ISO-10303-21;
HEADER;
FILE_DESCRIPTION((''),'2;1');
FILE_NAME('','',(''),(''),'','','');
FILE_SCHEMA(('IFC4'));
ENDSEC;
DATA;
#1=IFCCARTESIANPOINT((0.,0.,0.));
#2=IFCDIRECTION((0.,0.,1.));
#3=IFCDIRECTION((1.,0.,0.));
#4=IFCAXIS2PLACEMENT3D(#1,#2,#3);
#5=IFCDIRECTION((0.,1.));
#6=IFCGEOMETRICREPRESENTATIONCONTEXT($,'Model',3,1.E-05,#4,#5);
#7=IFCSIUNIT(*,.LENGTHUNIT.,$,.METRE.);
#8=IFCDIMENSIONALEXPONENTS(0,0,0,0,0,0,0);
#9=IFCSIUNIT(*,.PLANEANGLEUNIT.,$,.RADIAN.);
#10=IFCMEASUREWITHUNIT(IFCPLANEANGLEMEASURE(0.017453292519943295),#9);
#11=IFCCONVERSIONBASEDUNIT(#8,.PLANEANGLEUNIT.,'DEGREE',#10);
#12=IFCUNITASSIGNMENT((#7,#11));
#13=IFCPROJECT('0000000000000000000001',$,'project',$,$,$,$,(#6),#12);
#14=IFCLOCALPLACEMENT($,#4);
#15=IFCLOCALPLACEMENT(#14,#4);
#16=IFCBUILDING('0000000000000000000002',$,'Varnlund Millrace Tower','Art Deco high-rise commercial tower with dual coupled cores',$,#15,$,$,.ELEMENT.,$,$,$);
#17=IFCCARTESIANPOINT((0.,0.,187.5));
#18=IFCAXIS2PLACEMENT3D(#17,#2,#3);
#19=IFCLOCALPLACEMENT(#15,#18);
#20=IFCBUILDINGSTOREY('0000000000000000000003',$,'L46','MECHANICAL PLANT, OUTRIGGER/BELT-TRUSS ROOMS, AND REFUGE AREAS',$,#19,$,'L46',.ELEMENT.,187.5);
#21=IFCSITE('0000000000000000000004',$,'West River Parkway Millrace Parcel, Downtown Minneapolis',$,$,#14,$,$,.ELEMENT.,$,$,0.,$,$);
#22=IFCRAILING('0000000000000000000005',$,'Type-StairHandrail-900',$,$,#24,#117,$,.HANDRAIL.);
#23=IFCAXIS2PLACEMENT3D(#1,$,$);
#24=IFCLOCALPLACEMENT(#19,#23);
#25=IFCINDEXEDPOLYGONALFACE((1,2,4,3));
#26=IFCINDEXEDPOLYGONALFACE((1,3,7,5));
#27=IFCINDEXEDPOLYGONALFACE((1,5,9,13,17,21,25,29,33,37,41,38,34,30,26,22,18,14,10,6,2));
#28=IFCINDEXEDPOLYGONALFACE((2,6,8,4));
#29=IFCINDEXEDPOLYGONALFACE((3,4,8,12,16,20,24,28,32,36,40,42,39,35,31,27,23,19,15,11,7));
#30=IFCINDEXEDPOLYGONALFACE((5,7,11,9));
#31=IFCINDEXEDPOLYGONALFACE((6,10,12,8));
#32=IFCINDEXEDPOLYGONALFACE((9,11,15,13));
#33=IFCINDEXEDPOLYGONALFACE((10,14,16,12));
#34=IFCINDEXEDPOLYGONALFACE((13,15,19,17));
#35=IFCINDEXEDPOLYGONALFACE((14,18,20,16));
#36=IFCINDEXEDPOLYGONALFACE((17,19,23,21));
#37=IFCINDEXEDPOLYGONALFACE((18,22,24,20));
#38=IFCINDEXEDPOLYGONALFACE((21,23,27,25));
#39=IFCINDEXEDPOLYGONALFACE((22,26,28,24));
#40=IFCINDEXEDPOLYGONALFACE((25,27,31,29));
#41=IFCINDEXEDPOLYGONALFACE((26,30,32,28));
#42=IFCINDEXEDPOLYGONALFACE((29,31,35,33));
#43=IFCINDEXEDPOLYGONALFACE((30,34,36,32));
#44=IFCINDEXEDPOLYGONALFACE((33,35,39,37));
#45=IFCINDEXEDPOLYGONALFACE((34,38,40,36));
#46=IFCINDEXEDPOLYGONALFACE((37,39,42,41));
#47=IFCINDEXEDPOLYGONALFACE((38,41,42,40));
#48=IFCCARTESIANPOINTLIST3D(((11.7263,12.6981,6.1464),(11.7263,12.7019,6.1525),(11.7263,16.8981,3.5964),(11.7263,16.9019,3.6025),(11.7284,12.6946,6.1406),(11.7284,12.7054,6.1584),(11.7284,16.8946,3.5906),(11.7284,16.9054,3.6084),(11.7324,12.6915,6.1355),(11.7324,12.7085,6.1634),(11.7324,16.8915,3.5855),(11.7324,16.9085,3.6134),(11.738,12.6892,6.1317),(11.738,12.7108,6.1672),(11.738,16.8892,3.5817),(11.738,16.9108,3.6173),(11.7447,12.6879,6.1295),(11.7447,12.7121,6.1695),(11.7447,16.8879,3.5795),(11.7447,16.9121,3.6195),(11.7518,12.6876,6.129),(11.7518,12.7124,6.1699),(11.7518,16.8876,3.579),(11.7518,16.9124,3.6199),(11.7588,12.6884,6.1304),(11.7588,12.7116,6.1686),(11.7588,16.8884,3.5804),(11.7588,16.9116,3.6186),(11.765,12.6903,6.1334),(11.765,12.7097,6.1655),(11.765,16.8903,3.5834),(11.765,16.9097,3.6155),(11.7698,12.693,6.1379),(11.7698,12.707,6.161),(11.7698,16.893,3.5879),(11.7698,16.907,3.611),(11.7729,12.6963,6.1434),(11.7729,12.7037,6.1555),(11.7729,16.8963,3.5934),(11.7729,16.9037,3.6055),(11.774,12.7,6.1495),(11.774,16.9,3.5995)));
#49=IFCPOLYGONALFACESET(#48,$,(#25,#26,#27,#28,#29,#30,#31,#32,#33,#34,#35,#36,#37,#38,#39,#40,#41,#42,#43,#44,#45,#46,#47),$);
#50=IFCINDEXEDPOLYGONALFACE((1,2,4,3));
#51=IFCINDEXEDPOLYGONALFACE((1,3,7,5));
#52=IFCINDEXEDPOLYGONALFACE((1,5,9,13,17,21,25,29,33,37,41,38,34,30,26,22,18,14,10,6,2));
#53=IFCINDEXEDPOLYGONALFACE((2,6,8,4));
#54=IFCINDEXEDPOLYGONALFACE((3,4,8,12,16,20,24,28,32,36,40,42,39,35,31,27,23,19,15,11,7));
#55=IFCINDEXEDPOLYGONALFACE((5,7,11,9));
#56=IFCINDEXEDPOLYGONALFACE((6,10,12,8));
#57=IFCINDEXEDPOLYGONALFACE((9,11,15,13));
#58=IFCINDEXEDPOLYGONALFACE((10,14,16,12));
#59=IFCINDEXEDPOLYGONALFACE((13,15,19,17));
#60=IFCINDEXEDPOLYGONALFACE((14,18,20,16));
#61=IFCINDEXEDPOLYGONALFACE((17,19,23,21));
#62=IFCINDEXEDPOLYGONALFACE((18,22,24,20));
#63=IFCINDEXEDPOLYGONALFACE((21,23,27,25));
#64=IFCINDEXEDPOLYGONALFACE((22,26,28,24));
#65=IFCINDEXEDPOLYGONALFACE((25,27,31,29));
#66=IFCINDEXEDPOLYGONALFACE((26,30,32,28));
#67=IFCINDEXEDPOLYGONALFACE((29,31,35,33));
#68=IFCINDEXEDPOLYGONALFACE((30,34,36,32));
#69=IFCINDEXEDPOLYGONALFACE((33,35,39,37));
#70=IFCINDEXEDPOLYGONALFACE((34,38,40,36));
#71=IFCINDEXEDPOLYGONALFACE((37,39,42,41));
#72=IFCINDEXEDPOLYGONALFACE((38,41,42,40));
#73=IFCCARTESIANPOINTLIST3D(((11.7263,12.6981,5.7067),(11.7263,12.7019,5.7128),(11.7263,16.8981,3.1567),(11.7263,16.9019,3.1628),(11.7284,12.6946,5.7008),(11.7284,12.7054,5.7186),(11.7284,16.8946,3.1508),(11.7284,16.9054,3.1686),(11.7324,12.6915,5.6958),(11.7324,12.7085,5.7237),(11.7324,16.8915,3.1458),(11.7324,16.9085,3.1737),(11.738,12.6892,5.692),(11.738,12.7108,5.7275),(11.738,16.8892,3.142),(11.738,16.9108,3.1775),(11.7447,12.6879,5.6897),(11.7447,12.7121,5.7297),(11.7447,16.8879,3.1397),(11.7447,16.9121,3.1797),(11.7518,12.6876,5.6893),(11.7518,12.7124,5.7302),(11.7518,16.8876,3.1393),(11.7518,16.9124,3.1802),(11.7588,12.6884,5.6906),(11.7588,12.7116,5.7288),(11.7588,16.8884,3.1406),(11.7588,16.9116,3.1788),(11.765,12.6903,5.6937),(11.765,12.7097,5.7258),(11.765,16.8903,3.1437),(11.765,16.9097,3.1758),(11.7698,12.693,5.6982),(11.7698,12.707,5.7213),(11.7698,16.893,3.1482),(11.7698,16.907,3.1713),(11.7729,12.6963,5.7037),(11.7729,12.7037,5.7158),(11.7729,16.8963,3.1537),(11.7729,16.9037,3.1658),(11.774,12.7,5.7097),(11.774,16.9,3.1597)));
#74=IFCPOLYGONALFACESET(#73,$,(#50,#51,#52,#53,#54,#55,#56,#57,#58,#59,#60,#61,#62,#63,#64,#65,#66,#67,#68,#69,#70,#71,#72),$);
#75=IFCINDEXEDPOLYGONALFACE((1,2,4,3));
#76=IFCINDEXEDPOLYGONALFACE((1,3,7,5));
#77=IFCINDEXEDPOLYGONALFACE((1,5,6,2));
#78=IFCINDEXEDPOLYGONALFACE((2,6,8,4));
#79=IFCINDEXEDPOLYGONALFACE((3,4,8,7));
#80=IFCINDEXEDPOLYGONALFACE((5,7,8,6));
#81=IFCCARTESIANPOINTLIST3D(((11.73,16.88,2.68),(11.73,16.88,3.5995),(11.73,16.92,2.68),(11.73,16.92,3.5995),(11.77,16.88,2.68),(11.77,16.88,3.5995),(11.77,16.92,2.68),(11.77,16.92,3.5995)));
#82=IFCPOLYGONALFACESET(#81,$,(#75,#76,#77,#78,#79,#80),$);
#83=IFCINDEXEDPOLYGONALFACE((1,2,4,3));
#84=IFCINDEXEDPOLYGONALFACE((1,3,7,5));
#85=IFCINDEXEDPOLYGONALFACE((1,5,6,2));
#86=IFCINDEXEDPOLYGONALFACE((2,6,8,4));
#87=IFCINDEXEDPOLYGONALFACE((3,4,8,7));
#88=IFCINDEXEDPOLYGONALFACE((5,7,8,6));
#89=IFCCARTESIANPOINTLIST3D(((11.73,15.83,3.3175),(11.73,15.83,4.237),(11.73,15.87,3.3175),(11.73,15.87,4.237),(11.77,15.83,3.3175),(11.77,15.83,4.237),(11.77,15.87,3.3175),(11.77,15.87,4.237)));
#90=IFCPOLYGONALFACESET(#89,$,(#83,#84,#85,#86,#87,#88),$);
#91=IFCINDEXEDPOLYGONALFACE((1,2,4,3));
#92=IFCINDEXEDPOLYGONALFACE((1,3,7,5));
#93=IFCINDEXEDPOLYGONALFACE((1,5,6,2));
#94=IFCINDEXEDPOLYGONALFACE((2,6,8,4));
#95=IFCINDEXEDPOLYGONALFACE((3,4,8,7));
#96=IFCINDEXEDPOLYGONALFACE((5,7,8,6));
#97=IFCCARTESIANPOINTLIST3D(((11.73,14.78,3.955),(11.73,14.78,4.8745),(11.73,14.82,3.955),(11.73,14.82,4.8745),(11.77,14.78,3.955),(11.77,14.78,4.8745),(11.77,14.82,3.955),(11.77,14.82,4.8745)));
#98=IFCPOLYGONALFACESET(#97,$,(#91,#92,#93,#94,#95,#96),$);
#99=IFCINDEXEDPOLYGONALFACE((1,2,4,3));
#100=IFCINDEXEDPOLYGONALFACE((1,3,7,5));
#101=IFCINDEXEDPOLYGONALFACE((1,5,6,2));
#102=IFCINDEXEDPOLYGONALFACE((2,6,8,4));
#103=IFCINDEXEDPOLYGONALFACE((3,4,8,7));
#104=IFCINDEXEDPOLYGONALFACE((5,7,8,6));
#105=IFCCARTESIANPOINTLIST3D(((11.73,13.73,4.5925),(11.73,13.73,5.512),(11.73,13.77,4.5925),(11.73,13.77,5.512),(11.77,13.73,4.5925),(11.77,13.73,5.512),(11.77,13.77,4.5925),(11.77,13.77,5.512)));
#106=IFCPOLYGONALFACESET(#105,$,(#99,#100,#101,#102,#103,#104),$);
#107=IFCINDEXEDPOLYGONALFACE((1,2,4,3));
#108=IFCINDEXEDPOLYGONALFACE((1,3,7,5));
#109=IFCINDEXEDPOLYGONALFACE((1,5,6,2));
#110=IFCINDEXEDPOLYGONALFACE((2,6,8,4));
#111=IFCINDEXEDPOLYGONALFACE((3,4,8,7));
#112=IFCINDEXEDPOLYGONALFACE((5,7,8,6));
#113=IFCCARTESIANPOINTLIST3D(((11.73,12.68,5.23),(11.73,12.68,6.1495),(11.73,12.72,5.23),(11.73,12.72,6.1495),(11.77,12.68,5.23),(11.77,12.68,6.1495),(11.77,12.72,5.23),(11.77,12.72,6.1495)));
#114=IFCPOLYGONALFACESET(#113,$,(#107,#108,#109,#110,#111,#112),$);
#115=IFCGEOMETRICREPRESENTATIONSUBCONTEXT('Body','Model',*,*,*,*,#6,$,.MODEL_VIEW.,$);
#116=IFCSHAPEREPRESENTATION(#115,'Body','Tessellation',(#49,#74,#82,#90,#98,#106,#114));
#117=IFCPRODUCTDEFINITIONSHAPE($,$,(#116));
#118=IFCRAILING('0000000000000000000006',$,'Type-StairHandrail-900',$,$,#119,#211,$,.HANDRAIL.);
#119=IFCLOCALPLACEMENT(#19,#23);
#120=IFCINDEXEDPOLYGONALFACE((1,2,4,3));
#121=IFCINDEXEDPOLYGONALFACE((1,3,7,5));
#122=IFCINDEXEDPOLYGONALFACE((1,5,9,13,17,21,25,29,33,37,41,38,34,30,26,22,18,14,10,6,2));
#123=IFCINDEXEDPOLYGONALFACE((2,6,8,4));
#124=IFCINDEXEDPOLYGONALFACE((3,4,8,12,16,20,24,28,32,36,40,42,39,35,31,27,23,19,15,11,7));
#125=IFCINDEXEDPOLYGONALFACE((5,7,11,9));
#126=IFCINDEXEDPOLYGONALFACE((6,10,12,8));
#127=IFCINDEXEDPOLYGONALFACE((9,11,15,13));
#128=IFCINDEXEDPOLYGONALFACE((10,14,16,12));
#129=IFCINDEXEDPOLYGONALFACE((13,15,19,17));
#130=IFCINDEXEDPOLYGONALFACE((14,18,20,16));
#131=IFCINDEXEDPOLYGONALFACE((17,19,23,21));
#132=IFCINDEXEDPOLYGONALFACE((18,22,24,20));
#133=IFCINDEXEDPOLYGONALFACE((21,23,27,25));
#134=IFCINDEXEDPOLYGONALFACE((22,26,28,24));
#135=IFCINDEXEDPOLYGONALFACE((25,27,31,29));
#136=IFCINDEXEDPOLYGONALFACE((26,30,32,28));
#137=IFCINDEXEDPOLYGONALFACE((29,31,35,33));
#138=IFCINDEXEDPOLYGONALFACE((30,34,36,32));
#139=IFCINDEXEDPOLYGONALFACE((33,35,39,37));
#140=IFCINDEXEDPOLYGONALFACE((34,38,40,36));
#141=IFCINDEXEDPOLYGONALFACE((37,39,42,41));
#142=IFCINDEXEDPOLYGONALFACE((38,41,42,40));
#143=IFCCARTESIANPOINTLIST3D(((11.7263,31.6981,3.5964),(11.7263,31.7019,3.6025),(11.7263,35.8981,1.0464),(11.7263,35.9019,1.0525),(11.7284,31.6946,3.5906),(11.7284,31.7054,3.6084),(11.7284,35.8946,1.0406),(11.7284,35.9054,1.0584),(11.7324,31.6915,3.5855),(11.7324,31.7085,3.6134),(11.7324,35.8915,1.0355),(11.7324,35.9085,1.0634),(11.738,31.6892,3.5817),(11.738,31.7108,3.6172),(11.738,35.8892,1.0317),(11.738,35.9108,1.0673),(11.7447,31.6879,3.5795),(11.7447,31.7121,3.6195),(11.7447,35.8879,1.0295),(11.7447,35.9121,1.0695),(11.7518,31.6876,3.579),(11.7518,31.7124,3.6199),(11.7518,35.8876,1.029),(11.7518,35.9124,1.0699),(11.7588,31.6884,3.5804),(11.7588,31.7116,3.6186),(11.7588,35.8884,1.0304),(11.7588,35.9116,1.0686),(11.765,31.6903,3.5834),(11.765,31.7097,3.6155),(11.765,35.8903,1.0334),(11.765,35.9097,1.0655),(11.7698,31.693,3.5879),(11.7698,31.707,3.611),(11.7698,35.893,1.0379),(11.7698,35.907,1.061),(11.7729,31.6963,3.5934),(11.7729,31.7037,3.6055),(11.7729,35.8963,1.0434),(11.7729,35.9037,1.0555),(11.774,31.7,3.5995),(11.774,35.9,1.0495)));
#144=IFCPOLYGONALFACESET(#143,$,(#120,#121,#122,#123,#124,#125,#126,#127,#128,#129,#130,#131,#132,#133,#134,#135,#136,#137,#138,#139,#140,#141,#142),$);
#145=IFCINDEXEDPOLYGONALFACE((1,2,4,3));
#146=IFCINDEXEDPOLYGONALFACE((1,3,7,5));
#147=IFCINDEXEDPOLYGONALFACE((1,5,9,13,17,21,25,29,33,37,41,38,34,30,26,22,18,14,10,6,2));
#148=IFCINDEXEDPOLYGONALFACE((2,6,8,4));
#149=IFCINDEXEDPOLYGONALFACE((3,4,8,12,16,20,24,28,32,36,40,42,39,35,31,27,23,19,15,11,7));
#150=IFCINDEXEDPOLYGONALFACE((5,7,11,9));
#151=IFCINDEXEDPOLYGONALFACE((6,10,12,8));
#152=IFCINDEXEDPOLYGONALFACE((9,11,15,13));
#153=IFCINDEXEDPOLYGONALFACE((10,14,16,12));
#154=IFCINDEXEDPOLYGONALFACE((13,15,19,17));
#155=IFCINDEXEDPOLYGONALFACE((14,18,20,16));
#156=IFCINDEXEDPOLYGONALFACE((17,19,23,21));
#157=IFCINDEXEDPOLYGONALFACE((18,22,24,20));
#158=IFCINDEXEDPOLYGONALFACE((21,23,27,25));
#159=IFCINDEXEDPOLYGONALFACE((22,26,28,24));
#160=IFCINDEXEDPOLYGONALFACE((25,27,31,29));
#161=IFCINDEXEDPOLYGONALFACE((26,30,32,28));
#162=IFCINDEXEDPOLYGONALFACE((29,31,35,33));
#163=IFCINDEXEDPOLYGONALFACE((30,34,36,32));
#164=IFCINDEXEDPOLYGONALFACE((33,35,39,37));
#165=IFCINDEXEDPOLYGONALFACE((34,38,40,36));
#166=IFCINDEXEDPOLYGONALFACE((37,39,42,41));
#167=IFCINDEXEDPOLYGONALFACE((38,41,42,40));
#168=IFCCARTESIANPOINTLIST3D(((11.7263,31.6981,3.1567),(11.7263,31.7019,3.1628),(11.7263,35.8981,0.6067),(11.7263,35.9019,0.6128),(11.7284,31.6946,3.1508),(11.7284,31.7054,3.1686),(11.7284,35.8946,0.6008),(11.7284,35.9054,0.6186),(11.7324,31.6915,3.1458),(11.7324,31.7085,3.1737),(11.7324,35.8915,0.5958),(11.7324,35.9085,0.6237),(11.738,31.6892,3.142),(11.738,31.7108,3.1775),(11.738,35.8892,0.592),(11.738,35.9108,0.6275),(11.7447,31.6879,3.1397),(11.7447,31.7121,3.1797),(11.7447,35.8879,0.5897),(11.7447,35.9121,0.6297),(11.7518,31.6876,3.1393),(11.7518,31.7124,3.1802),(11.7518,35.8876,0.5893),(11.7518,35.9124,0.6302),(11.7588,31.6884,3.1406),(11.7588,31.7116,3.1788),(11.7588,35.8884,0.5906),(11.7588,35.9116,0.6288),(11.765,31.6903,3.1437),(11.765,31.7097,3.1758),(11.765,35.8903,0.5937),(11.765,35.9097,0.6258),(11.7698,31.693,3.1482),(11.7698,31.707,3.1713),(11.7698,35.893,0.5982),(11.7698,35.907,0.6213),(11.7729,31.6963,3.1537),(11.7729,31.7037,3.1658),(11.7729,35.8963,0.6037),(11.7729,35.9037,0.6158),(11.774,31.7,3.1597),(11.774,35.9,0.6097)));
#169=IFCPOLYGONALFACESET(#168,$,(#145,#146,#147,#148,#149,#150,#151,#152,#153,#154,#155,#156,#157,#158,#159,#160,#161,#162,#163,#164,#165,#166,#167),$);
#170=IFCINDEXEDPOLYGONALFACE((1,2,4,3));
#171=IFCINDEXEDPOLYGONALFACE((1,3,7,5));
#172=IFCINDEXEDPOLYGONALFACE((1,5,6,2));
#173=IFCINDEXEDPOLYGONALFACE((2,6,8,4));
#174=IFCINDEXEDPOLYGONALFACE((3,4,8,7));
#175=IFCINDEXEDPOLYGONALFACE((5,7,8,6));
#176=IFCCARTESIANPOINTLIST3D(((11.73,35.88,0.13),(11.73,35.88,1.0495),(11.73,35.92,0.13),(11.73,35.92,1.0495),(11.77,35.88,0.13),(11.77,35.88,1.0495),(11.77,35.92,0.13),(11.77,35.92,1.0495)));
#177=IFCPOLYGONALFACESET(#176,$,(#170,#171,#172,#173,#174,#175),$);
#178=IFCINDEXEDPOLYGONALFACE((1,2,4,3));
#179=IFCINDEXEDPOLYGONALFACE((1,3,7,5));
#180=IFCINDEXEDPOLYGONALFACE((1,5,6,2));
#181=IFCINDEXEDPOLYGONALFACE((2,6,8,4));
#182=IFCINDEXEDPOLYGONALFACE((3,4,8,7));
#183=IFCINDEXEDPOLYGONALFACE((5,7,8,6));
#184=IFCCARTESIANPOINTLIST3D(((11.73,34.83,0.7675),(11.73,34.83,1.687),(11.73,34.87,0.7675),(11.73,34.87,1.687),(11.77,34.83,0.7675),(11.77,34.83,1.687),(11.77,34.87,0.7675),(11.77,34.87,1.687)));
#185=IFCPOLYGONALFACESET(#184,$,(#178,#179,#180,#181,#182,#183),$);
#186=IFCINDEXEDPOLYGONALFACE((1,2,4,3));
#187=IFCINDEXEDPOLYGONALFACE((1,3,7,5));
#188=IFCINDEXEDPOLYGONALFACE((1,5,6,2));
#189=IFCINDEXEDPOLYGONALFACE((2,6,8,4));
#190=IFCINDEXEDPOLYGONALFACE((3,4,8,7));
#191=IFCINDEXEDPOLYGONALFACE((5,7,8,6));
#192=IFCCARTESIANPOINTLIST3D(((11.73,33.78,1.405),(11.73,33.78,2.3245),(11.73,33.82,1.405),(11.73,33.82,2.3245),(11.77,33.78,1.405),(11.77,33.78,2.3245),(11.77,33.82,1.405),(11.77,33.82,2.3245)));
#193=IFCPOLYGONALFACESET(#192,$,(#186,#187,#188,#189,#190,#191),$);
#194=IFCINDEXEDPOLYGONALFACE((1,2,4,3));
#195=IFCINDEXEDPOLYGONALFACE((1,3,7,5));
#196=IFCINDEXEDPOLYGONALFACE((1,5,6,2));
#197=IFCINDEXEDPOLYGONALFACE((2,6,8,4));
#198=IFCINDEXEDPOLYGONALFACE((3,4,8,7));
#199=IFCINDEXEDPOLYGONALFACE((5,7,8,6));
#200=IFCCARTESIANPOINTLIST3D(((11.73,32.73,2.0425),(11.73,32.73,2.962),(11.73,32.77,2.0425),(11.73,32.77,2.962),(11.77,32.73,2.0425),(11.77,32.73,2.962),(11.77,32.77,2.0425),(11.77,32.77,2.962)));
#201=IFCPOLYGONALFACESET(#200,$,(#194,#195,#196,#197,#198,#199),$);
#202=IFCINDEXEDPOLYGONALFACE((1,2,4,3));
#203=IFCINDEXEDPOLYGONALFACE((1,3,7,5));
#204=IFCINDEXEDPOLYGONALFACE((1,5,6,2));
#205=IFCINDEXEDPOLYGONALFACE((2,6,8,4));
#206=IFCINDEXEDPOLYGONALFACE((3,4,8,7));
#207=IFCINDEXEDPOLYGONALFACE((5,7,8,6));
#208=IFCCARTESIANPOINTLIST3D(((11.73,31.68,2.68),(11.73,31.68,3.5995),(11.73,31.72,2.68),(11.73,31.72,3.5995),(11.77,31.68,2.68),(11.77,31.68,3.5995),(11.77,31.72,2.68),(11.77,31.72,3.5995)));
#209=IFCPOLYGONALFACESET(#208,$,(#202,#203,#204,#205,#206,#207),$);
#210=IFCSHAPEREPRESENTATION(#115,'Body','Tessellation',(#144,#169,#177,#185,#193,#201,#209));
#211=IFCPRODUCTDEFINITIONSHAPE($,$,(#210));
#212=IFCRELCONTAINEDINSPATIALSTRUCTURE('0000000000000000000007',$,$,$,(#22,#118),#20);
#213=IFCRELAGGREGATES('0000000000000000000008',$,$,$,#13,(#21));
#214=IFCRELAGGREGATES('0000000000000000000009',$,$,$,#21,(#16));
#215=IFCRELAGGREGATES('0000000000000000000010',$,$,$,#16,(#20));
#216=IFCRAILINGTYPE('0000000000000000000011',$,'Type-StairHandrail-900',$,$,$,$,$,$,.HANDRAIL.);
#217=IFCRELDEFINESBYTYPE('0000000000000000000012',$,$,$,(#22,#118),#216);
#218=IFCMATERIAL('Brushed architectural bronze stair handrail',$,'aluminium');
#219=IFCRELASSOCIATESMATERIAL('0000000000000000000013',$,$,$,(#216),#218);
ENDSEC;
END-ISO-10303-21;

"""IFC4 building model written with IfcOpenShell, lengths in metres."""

from ifc_helpers import new_model, entity, si_unit, converted_unit, direction, frame, origin_with_axes, origin_2d_with_axis, place, context, subcontext, project, spatial, rectangle, circle, extrude, material, type_object, element, save


model = new_model("IFC4")

# Units and contexts
model_context = context("Model", 3, precision=1e-05, world=origin_with_axes(), true_north=direction((0.0, 1.0)))
body_context = subcontext(model_context, "Body", "Model", "MODEL_VIEW")
ifc_project = project(units=[si_unit("LENGTHUNIT", "METRE"), converted_unit("PLANEANGLEUNIT", "DEGREE", entity("IfcPlaneAngleMeasure", 0.017453292519943295), si_unit("PLANEANGLEUNIT", "RADIAN"), dimensions=[0, 0, 0, 0, 0, 0, 0])], contexts=[model_context])

# Site, building, storey
site_placement = place(None, origin_with_axes())
site = spatial("IfcSite", under=ifc_project, at=site_placement, Name="West River Parkway Millrace Parcel, Downtown Minneapolis", CompositionType="ELEMENT", RefElevation=0.0)
building_placement = place(site_placement, origin_with_axes())
building = spatial("IfcBuilding", under=site, at=building_placement, Name="Varnlund Millrace Tower", Description="Art Deco high-rise commercial tower with dual coupled cores", CompositionType="ELEMENT")
storey_placement = place(building_placement, frame((0.0, 0.0, 187.5), z_axis=(0.0, 0.0, 1.0), x_axis=(1.0, 0.0, 0.0)))
storey = spatial("IfcBuildingStorey", under=building, at=storey_placement, Name="L46", Description="MECHANICAL PLANT, OUTRIGGER/BELT-TRUSS ROOMS, AND REFUGE AREAS", LongName="L46", CompositionType="ELEMENT", Elevation=187.5)

# Railings
ifc_material_1 = material(Name="Brushed architectural bronze stair handrail", Category="aluminium")
railing_type_1 = type_object("IfcRailingType", Name="Type-StairHandrail-900", PredefinedType="HANDRAIL", material=ifc_material_1)
railing_1_placement = place(storey_placement, frame((0.0, 0.0, -187.5), z_axis=(0.0, 0.0, 1.0), x_axis=(1.0, 0.0, 0.0)))
element("IfcRailing", 1, at=railing_1_placement, inside=storey, type_object=railing_type_1, Name="Type-StairHandrail-900", PredefinedType="HANDRAIL", context=body_context, shape_type="SweptSolid", body=[
    extrude(circle(Radius=0.024, at=origin_2d_with_axis()), frame((11.75, 16.9, 191.0995), z_axis=(0.0, -0.854788, 0.518978), x_axis=(1.0, 0.0, 0.0)), (0.0, 0.0, 1.0), 4.9135),
    extrude(circle(Radius=0.024, at=origin_2d_with_axis()), frame((11.75, 16.9, 190.6597), z_axis=(0.0, -0.854788, 0.518978), x_axis=(1.0, 0.0, 0.0)), (0.0, 0.0, 1.0), 4.9135),
    extrude(rectangle(XDim=0.04, YDim=0.04, at=origin_2d_with_axis()), frame((11.75, 16.9, 190.18), z_axis=(0.0, 0.0, 1.0), x_axis=(1.0, 0.0, 0.0)), (0.0, 0.0, 1.0), 0.9195),
    extrude(rectangle(XDim=0.04, YDim=0.04, at=origin_2d_with_axis()), frame((11.75, 15.85, 190.8175), z_axis=(0.0, 0.0, 1.0), x_axis=(1.0, 0.0, 0.0)), (0.0, 0.0, 1.0), 0.9195),
    extrude(rectangle(XDim=0.04, YDim=0.04, at=origin_2d_with_axis()), frame((11.75, 14.8, 191.455), z_axis=(0.0, 0.0, 1.0), x_axis=(1.0, 0.0, 0.0)), (0.0, 0.0, 1.0), 0.9195),
    extrude(rectangle(XDim=0.04, YDim=0.04, at=origin_2d_with_axis()), frame((11.75, 13.75, 192.0925), z_axis=(0.0, 0.0, 1.0), x_axis=(1.0, 0.0, 0.0)), (0.0, 0.0, 1.0), 0.9195),
    extrude(rectangle(XDim=0.04, YDim=0.04, at=origin_2d_with_axis()), frame((11.75, 12.7, 192.73), z_axis=(0.0, 0.0, 1.0), x_axis=(1.0, 0.0, 0.0)), (0.0, 0.0, 1.0), 0.9195),
])
railing_2_placement = place(storey_placement, frame((0.0, 0.0, -187.5), z_axis=(0.0, 0.0, 1.0), x_axis=(1.0, 0.0, 0.0)))
element("IfcRailing", 2, at=railing_2_placement, inside=storey, type_object=railing_type_1, Name="Type-StairHandrail-900", PredefinedType="HANDRAIL", context=body_context, shape_type="SweptSolid", body=[
    extrude(circle(Radius=0.024, at=origin_2d_with_axis()), frame((11.75, 35.9, 188.5495), z_axis=(0.0, -0.854788, 0.518978), x_axis=(1.0, 0.0, 0.0)), (0.0, 0.0, 1.0), 4.9135),
    extrude(circle(Radius=0.024, at=origin_2d_with_axis()), frame((11.75, 35.9, 188.1097), z_axis=(0.0, -0.854788, 0.518978), x_axis=(1.0, 0.0, 0.0)), (0.0, 0.0, 1.0), 4.9135),
    extrude(rectangle(XDim=0.04, YDim=0.04, at=origin_2d_with_axis()), frame((11.75, 35.9, 187.63), z_axis=(0.0, 0.0, 1.0), x_axis=(1.0, 0.0, 0.0)), (0.0, 0.0, 1.0), 0.9195),
    extrude(rectangle(XDim=0.04, YDim=0.04, at=origin_2d_with_axis()), frame((11.75, 34.85, 188.2675), z_axis=(0.0, 0.0, 1.0), x_axis=(1.0, 0.0, 0.0)), (0.0, 0.0, 1.0), 0.9195),
    extrude(rectangle(XDim=0.04, YDim=0.04, at=origin_2d_with_axis()), frame((11.75, 33.8, 188.905), z_axis=(0.0, 0.0, 1.0), x_axis=(1.0, 0.0, 0.0)), (0.0, 0.0, 1.0), 0.9195),
    extrude(rectangle(XDim=0.04, YDim=0.04, at=origin_2d_with_axis()), frame((11.75, 32.75, 189.5425), z_axis=(0.0, 0.0, 1.0), x_axis=(1.0, 0.0, 0.0)), (0.0, 0.0, 1.0), 0.9195),
    extrude(rectangle(XDim=0.04, YDim=0.04, at=origin_2d_with_axis()), frame((11.75, 31.7, 190.18), z_axis=(0.0, 0.0, 1.0), x_axis=(1.0, 0.0, 0.0)), (0.0, 0.0, 1.0), 0.9195),
])

save(model, "model.ifc")
